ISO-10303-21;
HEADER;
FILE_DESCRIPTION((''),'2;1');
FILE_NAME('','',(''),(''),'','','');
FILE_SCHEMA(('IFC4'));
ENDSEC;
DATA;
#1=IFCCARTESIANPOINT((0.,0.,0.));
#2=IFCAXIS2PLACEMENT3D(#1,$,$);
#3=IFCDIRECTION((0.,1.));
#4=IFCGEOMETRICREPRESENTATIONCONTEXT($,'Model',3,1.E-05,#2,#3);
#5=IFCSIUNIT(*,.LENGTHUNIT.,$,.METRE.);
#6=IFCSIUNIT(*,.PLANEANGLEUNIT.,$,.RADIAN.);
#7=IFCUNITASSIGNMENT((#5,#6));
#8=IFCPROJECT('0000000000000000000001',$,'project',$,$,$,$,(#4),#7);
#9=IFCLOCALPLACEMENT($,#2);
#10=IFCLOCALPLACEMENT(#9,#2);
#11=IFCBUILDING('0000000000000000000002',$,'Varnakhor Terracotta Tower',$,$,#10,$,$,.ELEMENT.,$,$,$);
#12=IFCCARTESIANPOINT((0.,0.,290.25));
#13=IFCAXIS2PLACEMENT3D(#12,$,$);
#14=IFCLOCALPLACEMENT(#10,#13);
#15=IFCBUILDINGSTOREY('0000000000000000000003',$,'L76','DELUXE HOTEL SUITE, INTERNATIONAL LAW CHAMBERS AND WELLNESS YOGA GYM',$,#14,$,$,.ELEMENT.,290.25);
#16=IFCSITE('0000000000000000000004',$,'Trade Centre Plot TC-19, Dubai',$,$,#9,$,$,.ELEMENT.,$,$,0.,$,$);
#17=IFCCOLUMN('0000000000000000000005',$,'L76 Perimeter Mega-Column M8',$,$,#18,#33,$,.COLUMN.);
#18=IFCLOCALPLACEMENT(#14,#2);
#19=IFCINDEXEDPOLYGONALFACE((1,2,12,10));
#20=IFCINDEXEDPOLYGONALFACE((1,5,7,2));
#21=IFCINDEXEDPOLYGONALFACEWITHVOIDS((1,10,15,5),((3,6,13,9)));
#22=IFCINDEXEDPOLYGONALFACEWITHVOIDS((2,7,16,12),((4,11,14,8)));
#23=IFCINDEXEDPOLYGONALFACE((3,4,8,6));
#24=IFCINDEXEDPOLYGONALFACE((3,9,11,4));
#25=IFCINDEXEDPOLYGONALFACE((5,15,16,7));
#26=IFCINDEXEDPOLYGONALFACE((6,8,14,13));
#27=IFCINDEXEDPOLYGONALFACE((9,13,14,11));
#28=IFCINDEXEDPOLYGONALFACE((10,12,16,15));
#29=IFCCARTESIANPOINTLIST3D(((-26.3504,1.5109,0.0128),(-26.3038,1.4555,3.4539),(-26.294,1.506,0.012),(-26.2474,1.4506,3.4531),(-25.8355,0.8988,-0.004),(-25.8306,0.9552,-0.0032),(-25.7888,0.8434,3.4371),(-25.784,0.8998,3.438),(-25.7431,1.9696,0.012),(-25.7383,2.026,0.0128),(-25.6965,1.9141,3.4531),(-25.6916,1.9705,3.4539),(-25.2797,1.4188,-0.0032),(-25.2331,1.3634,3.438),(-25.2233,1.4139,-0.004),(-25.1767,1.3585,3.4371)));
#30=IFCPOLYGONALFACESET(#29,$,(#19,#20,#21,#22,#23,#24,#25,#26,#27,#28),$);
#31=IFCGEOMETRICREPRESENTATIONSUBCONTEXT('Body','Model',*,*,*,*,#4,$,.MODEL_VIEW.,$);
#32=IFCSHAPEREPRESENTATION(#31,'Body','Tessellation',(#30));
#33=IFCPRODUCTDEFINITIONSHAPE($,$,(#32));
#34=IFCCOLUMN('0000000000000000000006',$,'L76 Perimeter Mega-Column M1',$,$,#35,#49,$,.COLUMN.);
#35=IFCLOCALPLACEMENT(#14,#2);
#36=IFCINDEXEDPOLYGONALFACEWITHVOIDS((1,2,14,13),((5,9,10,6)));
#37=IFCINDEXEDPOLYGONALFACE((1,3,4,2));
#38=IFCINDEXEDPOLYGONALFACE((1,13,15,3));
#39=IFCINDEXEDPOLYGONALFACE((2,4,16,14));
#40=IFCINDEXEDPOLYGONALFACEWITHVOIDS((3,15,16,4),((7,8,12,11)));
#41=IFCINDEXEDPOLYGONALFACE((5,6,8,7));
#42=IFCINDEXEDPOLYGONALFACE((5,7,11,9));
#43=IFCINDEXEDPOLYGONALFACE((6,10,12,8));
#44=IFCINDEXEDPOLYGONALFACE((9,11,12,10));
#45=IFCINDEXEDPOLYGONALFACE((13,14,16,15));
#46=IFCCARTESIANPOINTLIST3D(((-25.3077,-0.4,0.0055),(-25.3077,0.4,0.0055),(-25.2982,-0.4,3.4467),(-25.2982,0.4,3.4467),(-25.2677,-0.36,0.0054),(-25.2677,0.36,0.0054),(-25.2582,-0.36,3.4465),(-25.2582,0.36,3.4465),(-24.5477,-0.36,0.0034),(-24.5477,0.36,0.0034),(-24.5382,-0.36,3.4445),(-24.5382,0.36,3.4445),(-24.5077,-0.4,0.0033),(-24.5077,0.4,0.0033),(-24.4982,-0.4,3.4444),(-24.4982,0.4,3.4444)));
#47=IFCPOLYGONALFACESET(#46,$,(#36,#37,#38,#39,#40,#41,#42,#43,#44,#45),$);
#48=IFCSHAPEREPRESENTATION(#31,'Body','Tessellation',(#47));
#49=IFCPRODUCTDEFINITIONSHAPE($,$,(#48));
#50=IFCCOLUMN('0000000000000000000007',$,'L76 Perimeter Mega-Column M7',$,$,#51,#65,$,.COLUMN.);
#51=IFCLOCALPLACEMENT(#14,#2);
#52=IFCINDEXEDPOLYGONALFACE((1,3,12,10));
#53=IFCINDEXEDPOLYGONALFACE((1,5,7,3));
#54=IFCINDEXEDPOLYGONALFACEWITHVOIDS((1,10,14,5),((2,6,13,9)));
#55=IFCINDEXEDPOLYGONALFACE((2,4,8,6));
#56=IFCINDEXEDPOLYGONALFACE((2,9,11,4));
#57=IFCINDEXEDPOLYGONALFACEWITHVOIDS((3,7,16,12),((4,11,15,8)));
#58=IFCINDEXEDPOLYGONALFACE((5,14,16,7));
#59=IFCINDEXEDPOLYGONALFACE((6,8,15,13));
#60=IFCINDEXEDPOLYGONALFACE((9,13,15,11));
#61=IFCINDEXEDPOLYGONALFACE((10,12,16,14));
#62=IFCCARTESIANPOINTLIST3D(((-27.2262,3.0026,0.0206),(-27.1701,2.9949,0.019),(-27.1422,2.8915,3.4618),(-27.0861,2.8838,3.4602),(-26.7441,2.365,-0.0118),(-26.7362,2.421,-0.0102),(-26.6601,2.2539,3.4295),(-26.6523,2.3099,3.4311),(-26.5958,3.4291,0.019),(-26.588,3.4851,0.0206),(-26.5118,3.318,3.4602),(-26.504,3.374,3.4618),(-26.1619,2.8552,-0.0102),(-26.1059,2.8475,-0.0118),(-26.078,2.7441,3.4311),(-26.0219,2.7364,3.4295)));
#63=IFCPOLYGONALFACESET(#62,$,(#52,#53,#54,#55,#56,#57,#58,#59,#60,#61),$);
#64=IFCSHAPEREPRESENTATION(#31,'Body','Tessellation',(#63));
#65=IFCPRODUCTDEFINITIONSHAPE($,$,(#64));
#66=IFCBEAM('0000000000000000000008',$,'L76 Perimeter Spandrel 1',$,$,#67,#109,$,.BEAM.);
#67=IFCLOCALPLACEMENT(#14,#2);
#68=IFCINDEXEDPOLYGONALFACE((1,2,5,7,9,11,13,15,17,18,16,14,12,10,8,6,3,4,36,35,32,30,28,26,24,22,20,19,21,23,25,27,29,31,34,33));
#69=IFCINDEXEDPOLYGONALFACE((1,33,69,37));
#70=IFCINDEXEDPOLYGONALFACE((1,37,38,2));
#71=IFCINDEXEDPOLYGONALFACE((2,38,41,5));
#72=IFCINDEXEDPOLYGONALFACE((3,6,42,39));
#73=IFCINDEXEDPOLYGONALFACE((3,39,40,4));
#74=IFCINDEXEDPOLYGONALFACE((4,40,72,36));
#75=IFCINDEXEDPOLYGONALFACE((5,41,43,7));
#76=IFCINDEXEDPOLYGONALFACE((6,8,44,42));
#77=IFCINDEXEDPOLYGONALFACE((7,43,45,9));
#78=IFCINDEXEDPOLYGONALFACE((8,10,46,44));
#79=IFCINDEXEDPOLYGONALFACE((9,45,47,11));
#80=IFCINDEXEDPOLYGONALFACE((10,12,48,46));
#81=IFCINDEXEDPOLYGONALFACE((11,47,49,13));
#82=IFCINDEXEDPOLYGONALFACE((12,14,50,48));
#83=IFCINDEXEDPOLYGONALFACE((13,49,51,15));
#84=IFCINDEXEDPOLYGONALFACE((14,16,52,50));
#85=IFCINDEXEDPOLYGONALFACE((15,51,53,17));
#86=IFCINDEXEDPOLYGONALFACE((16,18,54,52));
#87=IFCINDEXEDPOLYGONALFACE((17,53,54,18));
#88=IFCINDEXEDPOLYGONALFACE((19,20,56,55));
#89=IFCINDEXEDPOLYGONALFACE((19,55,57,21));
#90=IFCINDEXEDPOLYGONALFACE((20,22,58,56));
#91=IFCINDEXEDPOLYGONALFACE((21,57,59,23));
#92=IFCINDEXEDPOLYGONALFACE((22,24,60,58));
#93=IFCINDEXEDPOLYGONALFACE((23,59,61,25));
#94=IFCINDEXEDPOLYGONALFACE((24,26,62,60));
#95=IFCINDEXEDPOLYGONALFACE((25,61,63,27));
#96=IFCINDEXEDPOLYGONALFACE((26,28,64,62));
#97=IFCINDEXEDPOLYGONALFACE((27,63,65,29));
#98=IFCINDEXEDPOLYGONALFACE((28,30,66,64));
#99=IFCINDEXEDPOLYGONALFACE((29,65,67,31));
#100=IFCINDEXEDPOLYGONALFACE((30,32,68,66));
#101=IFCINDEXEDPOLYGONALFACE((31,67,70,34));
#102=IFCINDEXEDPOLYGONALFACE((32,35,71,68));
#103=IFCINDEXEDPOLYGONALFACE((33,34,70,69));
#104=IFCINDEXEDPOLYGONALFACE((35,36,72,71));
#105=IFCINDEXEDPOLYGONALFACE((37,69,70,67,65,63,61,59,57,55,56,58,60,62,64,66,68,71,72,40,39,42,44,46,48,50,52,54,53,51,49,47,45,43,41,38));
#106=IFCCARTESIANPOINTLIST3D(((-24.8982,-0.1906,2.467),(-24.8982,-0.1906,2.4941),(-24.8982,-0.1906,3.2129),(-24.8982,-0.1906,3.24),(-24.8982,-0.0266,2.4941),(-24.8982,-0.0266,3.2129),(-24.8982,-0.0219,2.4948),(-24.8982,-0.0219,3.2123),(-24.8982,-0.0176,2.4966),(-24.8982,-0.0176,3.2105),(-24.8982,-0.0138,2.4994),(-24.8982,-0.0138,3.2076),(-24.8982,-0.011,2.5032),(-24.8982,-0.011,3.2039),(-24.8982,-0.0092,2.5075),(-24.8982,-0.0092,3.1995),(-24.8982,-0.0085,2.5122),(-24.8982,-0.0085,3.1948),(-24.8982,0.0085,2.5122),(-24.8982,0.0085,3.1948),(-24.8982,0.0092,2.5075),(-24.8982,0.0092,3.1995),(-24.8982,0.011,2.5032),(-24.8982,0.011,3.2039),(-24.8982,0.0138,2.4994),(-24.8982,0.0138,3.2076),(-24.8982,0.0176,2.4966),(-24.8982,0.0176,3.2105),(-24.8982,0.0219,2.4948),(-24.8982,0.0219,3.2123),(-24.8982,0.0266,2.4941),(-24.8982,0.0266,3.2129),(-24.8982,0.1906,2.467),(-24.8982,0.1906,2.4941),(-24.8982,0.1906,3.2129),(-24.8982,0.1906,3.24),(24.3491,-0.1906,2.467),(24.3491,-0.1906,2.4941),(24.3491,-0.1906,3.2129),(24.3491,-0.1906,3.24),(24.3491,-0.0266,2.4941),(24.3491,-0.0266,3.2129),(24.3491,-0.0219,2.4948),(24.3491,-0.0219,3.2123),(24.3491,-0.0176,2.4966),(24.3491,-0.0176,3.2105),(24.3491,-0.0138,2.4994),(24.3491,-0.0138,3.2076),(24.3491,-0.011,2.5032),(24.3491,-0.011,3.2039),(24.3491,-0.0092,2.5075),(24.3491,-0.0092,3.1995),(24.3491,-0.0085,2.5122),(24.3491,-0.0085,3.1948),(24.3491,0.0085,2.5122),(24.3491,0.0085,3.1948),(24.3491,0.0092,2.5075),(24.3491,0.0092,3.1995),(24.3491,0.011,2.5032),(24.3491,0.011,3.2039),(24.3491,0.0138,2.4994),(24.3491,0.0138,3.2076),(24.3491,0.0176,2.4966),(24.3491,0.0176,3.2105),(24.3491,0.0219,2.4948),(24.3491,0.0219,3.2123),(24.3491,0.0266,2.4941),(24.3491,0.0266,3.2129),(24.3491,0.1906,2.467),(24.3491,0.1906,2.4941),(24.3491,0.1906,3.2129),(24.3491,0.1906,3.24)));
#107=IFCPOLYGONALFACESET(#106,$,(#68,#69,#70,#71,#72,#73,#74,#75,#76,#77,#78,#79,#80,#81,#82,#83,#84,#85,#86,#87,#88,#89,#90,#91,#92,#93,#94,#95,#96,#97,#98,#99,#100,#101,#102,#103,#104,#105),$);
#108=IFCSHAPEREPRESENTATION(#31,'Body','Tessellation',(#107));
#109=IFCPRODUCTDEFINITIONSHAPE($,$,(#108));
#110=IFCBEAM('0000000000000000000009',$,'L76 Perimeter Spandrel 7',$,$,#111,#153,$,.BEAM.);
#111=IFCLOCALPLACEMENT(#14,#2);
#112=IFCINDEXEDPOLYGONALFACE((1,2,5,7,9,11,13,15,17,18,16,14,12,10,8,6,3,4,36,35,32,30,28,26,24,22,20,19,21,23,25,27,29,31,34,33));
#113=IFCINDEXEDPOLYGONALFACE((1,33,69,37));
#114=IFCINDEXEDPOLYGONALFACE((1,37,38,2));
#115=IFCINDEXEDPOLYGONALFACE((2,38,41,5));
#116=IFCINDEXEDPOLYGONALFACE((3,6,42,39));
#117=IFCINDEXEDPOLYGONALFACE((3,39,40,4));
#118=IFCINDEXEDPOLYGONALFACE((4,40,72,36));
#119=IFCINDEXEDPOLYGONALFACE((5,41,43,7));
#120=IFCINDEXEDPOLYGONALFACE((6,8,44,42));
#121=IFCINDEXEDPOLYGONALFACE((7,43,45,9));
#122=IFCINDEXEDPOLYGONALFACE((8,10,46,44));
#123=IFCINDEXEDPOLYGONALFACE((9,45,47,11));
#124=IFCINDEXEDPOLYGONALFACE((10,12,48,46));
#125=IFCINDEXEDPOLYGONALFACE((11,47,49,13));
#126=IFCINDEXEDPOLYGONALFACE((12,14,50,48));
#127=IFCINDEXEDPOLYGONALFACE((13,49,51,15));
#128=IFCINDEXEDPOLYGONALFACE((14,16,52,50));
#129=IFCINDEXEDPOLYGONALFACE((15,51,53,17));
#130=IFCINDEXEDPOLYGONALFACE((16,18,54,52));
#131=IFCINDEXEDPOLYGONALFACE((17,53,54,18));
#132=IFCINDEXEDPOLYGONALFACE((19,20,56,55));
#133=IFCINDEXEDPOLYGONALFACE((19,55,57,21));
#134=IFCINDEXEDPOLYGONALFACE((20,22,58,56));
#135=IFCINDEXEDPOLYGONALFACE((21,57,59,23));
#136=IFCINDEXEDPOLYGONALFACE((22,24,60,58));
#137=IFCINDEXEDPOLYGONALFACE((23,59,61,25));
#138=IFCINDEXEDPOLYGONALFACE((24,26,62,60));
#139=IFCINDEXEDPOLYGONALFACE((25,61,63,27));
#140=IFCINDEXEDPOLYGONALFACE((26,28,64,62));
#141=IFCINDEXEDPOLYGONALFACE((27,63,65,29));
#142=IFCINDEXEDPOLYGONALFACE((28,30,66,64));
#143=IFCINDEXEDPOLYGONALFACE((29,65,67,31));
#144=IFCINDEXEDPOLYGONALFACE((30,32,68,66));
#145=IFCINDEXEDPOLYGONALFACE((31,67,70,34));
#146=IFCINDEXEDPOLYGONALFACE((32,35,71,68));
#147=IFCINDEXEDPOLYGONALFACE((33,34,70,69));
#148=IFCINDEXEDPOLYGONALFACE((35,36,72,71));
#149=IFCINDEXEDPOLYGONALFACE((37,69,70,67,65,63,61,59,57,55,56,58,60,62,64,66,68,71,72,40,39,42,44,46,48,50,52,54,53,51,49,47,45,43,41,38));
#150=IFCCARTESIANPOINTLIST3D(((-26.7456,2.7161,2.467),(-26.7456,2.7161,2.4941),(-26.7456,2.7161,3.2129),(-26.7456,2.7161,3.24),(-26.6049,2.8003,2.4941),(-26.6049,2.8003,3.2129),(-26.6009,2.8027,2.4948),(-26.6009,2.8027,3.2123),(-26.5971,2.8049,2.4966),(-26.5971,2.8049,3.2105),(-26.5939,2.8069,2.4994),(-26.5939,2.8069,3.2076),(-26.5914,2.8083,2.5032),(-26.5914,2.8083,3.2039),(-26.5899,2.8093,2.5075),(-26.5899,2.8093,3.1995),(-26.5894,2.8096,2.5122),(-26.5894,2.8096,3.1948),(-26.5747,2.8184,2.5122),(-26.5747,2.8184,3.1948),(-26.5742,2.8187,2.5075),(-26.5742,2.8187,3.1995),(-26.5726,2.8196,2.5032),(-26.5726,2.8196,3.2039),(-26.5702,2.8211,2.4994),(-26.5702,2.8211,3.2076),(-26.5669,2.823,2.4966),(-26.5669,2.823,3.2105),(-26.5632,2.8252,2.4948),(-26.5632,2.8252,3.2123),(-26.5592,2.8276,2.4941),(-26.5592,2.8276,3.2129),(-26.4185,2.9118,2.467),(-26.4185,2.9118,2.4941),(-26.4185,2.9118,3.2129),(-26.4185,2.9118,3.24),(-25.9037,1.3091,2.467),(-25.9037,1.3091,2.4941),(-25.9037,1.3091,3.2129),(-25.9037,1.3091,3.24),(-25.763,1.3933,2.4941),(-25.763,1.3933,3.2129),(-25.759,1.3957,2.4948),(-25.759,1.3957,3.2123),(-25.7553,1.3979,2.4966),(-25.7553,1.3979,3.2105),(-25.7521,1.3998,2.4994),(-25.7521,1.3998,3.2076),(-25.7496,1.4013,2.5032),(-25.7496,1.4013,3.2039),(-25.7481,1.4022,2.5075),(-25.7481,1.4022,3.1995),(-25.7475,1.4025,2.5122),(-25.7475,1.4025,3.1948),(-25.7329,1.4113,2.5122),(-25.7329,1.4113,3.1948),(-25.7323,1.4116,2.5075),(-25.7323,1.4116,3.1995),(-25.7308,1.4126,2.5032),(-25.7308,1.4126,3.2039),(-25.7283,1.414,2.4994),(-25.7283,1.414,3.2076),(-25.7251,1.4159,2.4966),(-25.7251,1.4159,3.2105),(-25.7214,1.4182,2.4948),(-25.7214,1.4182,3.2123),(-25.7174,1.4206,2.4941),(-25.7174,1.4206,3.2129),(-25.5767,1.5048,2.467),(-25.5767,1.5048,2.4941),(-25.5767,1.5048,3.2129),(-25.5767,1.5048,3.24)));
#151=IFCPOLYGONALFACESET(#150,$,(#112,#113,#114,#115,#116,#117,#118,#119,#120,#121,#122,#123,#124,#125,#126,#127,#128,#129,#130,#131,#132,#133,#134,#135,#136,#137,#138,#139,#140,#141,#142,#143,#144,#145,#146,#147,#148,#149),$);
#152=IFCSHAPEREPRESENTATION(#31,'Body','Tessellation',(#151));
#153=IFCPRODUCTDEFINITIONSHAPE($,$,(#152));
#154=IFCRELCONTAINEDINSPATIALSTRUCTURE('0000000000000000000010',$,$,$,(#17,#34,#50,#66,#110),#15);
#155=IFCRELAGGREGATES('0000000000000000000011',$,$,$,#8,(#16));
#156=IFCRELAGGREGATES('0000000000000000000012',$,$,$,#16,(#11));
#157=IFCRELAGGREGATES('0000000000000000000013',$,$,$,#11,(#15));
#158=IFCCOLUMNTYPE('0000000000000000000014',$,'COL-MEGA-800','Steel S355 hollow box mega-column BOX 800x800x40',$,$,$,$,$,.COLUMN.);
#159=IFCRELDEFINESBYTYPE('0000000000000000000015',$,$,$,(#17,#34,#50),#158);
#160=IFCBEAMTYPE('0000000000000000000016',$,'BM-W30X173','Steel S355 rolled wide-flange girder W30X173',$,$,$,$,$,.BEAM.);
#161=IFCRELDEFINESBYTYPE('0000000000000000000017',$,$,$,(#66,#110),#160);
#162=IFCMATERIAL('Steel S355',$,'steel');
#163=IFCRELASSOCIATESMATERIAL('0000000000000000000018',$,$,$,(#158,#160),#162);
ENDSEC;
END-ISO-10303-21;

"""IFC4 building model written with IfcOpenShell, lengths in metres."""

from ifc_helpers import new_model, si_unit, direction, frame, origin, origin_2d, place, context, subcontext, project, spatial, hollow_rectangle, i_section, extrude, source, transform, mapped, material, material_profile, profile_set, type_object, element, save


model = new_model("IFC4")

# Units and contexts
model_context = context("Model", 3, precision=1e-05, world=origin(), true_north=direction((0.0, 1.0)))
body_context = subcontext(model_context, "Body", "Model", "MODEL_VIEW")
ifc_project = project(units=[si_unit("LENGTHUNIT", "METRE"), si_unit("PLANEANGLEUNIT", "RADIAN")], contexts=[model_context])

# Site, building, storey
site_placement = place(None, origin())
site = spatial("IfcSite", under=ifc_project, at=site_placement, Name="Trade Centre Plot TC-19, Dubai", CompositionType="ELEMENT", RefElevation=0.0)
building_placement = place(site_placement, origin())
building = spatial("IfcBuilding", under=site, at=building_placement, Name="Varnakhor Terracotta Tower", CompositionType="ELEMENT")
storey_placement = place(building_placement, frame((0.0, 0.0, 290.25)))
storey = spatial("IfcBuildingStorey", under=building, at=storey_placement, Name="L76", Description="DELUXE HOTEL SUITE, INTERNATIONAL LAW CHAMBERS AND WELLNESS YOGA GYM", CompositionType="ELEMENT", Elevation=290.25)

# Columns
ifc_material_1 = material(Name="Steel S355", Category="steel")
ifc_material_profile_1 = material_profile(ifc_material_1, hollow_rectangle(XDim=0.8, YDim=0.8, WallThickness=0.04, at=origin_2d()), Name="BOX 800x800x40")
ifc_profile_set_1 = profile_set([ifc_material_profile_1], Name="Steel S355")
column_type = type_object("IfcColumnType", Name="COL-MEGA-800", Description="Steel S355 hollow box mega-column BOX 800x800x40", PredefinedType="COLUMN", material=ifc_profile_set_1)
shared_shape_1 = source(origin(), body_context, "Body", "SweptSolid", [
    extrude(hollow_rectangle(XDim=0.8, YDim=0.8, WallThickness=0.04, at=origin_2d()), origin(), (0.0, 0.0, 1.0), 3.4419),
])
column_1_placement = place(storey_placement, frame((-25.7869, 1.4624, 0.0044), z_axis=(0.013548, -0.016101, 0.999779), x_axis=(0.765173, 0.643824, 0.0)))
element("IfcColumn", 1, at=column_1_placement, inside=storey, type_object=column_type, Name="L76 Perimeter Mega-Column M8", PredefinedType="COLUMN", context=body_context, shape_type="MappedRepresentation", body=[
    mapped(shared_shape_1, transform((0.0, 0.0, 0.0), scale=1.0)),
])
shared_shape_2 = source(origin(), body_context, "Body", "SweptSolid", [
    extrude(hollow_rectangle(XDim=0.8, YDim=0.8, WallThickness=0.04, at=origin_2d()), origin(), (0.0, 0.0, 1.0), 3.4412),
])
column_2_placement = place(storey_placement, frame((-24.9077, 0.0, 0.0044), z_axis=(0.002767, 0.0, 0.999996), x_axis=(0.0, 1.0, 0.0)))
element("IfcColumn", 2, at=column_2_placement, inside=storey, type_object=column_type, Name="L76 Perimeter Mega-Column M1", PredefinedType="COLUMN", context=body_context, shape_type="MappedRepresentation", body=[
    mapped(shared_shape_2, transform((0.0, 0.0, 0.0), scale=1.0)),
])
shared_shape_3 = source(origin(), body_context, "Body", "SweptSolid", [
    extrude(hollow_rectangle(XDim=0.8, YDim=0.8, WallThickness=0.04, at=origin_2d()), origin(), (0.0, 0.0, 1.0), 3.4441),
])
column_3_placement = place(storey_placement, frame((-26.666, 2.925, 0.0044), z_axis=(0.024386, -0.032255, 0.999182), x_axis=(0.79768, 0.603081, 0.0)))
element("IfcColumn", 3, at=column_3_placement, inside=storey, type_object=column_type, Name="L76 Perimeter Mega-Column M7", PredefinedType="COLUMN", context=body_context, shape_type="MappedRepresentation", body=[
    mapped(shared_shape_3, transform((0.0, 0.0, 0.0), scale=1.0)),
])

# Beams
ifc_material_profile_2 = material_profile(ifc_material_1, i_section(OverallWidth=0.3811, OverallDepth=0.7729, WebThickness=0.0171, FlangeThickness=0.0271, FilletRadius=0.0181, at=origin_2d()), Name="W30X173")
ifc_profile_set_2 = profile_set([ifc_material_profile_2], Name="Steel S355")
beam_type_1 = type_object("IfcBeamType", Name="BM-W30X173", Description="Steel S355 rolled wide-flange girder W30X173", PredefinedType="BEAM", material=ifc_profile_set_2)
shared_shape_4 = source(origin(), body_context, "Body", "SweptSolid", [
    extrude(i_section(OverallWidth=0.3811, OverallDepth=0.7729, WebThickness=0.0171, FlangeThickness=0.0271, FilletRadius=0.0181, at=origin_2d()), origin(), (0.0, 0.0, 1.0), 49.2473),
])
beam_1_placement = place(storey_placement, frame((-24.8982, 0.0, 2.8535), z_axis=(1.0, 0.0, 0.0), x_axis=(0.0, 1.0, 0.0)))
element("IfcBeam", 4, at=beam_1_placement, inside=storey, type_object=beam_type_1, Name="L76 Perimeter Spandrel 1", PredefinedType="BEAM", context=body_context, shape_type="MappedRepresentation", body=[
    mapped(shared_shape_4, transform((0.0, 0.0, 0.0), scale=1.0)),
])
shared_shape_5 = source(origin(), body_context, "Body", "SweptSolid", [
    extrude(i_section(OverallWidth=0.3811, OverallDepth=0.7729, WebThickness=0.0171, FlangeThickness=0.0271, FilletRadius=0.0181, at=origin_2d()), origin(), (0.0, 0.0, 1.0), 1.6396),
])
for number, where, z_axis, x_axis, name in (
    (5, (-26.582, 2.814, 2.8535), (0.513422, -0.858136, 0.0), (0.858136, 0.513422, 0.0), "L76 Perimeter Spandrel 7"),
):
    element("IfcBeam", number, at=place(storey_placement, frame(where, z_axis=z_axis, x_axis=x_axis)), inside=storey, type_object=beam_type_1, Name=name, PredefinedType="BEAM", context=body_context, shape_type="MappedRepresentation", body=[
        mapped(shared_shape_5, transform((0.0, 0.0, 0.0), scale=1.0)),
    ])

save(model, "model.ifc")
